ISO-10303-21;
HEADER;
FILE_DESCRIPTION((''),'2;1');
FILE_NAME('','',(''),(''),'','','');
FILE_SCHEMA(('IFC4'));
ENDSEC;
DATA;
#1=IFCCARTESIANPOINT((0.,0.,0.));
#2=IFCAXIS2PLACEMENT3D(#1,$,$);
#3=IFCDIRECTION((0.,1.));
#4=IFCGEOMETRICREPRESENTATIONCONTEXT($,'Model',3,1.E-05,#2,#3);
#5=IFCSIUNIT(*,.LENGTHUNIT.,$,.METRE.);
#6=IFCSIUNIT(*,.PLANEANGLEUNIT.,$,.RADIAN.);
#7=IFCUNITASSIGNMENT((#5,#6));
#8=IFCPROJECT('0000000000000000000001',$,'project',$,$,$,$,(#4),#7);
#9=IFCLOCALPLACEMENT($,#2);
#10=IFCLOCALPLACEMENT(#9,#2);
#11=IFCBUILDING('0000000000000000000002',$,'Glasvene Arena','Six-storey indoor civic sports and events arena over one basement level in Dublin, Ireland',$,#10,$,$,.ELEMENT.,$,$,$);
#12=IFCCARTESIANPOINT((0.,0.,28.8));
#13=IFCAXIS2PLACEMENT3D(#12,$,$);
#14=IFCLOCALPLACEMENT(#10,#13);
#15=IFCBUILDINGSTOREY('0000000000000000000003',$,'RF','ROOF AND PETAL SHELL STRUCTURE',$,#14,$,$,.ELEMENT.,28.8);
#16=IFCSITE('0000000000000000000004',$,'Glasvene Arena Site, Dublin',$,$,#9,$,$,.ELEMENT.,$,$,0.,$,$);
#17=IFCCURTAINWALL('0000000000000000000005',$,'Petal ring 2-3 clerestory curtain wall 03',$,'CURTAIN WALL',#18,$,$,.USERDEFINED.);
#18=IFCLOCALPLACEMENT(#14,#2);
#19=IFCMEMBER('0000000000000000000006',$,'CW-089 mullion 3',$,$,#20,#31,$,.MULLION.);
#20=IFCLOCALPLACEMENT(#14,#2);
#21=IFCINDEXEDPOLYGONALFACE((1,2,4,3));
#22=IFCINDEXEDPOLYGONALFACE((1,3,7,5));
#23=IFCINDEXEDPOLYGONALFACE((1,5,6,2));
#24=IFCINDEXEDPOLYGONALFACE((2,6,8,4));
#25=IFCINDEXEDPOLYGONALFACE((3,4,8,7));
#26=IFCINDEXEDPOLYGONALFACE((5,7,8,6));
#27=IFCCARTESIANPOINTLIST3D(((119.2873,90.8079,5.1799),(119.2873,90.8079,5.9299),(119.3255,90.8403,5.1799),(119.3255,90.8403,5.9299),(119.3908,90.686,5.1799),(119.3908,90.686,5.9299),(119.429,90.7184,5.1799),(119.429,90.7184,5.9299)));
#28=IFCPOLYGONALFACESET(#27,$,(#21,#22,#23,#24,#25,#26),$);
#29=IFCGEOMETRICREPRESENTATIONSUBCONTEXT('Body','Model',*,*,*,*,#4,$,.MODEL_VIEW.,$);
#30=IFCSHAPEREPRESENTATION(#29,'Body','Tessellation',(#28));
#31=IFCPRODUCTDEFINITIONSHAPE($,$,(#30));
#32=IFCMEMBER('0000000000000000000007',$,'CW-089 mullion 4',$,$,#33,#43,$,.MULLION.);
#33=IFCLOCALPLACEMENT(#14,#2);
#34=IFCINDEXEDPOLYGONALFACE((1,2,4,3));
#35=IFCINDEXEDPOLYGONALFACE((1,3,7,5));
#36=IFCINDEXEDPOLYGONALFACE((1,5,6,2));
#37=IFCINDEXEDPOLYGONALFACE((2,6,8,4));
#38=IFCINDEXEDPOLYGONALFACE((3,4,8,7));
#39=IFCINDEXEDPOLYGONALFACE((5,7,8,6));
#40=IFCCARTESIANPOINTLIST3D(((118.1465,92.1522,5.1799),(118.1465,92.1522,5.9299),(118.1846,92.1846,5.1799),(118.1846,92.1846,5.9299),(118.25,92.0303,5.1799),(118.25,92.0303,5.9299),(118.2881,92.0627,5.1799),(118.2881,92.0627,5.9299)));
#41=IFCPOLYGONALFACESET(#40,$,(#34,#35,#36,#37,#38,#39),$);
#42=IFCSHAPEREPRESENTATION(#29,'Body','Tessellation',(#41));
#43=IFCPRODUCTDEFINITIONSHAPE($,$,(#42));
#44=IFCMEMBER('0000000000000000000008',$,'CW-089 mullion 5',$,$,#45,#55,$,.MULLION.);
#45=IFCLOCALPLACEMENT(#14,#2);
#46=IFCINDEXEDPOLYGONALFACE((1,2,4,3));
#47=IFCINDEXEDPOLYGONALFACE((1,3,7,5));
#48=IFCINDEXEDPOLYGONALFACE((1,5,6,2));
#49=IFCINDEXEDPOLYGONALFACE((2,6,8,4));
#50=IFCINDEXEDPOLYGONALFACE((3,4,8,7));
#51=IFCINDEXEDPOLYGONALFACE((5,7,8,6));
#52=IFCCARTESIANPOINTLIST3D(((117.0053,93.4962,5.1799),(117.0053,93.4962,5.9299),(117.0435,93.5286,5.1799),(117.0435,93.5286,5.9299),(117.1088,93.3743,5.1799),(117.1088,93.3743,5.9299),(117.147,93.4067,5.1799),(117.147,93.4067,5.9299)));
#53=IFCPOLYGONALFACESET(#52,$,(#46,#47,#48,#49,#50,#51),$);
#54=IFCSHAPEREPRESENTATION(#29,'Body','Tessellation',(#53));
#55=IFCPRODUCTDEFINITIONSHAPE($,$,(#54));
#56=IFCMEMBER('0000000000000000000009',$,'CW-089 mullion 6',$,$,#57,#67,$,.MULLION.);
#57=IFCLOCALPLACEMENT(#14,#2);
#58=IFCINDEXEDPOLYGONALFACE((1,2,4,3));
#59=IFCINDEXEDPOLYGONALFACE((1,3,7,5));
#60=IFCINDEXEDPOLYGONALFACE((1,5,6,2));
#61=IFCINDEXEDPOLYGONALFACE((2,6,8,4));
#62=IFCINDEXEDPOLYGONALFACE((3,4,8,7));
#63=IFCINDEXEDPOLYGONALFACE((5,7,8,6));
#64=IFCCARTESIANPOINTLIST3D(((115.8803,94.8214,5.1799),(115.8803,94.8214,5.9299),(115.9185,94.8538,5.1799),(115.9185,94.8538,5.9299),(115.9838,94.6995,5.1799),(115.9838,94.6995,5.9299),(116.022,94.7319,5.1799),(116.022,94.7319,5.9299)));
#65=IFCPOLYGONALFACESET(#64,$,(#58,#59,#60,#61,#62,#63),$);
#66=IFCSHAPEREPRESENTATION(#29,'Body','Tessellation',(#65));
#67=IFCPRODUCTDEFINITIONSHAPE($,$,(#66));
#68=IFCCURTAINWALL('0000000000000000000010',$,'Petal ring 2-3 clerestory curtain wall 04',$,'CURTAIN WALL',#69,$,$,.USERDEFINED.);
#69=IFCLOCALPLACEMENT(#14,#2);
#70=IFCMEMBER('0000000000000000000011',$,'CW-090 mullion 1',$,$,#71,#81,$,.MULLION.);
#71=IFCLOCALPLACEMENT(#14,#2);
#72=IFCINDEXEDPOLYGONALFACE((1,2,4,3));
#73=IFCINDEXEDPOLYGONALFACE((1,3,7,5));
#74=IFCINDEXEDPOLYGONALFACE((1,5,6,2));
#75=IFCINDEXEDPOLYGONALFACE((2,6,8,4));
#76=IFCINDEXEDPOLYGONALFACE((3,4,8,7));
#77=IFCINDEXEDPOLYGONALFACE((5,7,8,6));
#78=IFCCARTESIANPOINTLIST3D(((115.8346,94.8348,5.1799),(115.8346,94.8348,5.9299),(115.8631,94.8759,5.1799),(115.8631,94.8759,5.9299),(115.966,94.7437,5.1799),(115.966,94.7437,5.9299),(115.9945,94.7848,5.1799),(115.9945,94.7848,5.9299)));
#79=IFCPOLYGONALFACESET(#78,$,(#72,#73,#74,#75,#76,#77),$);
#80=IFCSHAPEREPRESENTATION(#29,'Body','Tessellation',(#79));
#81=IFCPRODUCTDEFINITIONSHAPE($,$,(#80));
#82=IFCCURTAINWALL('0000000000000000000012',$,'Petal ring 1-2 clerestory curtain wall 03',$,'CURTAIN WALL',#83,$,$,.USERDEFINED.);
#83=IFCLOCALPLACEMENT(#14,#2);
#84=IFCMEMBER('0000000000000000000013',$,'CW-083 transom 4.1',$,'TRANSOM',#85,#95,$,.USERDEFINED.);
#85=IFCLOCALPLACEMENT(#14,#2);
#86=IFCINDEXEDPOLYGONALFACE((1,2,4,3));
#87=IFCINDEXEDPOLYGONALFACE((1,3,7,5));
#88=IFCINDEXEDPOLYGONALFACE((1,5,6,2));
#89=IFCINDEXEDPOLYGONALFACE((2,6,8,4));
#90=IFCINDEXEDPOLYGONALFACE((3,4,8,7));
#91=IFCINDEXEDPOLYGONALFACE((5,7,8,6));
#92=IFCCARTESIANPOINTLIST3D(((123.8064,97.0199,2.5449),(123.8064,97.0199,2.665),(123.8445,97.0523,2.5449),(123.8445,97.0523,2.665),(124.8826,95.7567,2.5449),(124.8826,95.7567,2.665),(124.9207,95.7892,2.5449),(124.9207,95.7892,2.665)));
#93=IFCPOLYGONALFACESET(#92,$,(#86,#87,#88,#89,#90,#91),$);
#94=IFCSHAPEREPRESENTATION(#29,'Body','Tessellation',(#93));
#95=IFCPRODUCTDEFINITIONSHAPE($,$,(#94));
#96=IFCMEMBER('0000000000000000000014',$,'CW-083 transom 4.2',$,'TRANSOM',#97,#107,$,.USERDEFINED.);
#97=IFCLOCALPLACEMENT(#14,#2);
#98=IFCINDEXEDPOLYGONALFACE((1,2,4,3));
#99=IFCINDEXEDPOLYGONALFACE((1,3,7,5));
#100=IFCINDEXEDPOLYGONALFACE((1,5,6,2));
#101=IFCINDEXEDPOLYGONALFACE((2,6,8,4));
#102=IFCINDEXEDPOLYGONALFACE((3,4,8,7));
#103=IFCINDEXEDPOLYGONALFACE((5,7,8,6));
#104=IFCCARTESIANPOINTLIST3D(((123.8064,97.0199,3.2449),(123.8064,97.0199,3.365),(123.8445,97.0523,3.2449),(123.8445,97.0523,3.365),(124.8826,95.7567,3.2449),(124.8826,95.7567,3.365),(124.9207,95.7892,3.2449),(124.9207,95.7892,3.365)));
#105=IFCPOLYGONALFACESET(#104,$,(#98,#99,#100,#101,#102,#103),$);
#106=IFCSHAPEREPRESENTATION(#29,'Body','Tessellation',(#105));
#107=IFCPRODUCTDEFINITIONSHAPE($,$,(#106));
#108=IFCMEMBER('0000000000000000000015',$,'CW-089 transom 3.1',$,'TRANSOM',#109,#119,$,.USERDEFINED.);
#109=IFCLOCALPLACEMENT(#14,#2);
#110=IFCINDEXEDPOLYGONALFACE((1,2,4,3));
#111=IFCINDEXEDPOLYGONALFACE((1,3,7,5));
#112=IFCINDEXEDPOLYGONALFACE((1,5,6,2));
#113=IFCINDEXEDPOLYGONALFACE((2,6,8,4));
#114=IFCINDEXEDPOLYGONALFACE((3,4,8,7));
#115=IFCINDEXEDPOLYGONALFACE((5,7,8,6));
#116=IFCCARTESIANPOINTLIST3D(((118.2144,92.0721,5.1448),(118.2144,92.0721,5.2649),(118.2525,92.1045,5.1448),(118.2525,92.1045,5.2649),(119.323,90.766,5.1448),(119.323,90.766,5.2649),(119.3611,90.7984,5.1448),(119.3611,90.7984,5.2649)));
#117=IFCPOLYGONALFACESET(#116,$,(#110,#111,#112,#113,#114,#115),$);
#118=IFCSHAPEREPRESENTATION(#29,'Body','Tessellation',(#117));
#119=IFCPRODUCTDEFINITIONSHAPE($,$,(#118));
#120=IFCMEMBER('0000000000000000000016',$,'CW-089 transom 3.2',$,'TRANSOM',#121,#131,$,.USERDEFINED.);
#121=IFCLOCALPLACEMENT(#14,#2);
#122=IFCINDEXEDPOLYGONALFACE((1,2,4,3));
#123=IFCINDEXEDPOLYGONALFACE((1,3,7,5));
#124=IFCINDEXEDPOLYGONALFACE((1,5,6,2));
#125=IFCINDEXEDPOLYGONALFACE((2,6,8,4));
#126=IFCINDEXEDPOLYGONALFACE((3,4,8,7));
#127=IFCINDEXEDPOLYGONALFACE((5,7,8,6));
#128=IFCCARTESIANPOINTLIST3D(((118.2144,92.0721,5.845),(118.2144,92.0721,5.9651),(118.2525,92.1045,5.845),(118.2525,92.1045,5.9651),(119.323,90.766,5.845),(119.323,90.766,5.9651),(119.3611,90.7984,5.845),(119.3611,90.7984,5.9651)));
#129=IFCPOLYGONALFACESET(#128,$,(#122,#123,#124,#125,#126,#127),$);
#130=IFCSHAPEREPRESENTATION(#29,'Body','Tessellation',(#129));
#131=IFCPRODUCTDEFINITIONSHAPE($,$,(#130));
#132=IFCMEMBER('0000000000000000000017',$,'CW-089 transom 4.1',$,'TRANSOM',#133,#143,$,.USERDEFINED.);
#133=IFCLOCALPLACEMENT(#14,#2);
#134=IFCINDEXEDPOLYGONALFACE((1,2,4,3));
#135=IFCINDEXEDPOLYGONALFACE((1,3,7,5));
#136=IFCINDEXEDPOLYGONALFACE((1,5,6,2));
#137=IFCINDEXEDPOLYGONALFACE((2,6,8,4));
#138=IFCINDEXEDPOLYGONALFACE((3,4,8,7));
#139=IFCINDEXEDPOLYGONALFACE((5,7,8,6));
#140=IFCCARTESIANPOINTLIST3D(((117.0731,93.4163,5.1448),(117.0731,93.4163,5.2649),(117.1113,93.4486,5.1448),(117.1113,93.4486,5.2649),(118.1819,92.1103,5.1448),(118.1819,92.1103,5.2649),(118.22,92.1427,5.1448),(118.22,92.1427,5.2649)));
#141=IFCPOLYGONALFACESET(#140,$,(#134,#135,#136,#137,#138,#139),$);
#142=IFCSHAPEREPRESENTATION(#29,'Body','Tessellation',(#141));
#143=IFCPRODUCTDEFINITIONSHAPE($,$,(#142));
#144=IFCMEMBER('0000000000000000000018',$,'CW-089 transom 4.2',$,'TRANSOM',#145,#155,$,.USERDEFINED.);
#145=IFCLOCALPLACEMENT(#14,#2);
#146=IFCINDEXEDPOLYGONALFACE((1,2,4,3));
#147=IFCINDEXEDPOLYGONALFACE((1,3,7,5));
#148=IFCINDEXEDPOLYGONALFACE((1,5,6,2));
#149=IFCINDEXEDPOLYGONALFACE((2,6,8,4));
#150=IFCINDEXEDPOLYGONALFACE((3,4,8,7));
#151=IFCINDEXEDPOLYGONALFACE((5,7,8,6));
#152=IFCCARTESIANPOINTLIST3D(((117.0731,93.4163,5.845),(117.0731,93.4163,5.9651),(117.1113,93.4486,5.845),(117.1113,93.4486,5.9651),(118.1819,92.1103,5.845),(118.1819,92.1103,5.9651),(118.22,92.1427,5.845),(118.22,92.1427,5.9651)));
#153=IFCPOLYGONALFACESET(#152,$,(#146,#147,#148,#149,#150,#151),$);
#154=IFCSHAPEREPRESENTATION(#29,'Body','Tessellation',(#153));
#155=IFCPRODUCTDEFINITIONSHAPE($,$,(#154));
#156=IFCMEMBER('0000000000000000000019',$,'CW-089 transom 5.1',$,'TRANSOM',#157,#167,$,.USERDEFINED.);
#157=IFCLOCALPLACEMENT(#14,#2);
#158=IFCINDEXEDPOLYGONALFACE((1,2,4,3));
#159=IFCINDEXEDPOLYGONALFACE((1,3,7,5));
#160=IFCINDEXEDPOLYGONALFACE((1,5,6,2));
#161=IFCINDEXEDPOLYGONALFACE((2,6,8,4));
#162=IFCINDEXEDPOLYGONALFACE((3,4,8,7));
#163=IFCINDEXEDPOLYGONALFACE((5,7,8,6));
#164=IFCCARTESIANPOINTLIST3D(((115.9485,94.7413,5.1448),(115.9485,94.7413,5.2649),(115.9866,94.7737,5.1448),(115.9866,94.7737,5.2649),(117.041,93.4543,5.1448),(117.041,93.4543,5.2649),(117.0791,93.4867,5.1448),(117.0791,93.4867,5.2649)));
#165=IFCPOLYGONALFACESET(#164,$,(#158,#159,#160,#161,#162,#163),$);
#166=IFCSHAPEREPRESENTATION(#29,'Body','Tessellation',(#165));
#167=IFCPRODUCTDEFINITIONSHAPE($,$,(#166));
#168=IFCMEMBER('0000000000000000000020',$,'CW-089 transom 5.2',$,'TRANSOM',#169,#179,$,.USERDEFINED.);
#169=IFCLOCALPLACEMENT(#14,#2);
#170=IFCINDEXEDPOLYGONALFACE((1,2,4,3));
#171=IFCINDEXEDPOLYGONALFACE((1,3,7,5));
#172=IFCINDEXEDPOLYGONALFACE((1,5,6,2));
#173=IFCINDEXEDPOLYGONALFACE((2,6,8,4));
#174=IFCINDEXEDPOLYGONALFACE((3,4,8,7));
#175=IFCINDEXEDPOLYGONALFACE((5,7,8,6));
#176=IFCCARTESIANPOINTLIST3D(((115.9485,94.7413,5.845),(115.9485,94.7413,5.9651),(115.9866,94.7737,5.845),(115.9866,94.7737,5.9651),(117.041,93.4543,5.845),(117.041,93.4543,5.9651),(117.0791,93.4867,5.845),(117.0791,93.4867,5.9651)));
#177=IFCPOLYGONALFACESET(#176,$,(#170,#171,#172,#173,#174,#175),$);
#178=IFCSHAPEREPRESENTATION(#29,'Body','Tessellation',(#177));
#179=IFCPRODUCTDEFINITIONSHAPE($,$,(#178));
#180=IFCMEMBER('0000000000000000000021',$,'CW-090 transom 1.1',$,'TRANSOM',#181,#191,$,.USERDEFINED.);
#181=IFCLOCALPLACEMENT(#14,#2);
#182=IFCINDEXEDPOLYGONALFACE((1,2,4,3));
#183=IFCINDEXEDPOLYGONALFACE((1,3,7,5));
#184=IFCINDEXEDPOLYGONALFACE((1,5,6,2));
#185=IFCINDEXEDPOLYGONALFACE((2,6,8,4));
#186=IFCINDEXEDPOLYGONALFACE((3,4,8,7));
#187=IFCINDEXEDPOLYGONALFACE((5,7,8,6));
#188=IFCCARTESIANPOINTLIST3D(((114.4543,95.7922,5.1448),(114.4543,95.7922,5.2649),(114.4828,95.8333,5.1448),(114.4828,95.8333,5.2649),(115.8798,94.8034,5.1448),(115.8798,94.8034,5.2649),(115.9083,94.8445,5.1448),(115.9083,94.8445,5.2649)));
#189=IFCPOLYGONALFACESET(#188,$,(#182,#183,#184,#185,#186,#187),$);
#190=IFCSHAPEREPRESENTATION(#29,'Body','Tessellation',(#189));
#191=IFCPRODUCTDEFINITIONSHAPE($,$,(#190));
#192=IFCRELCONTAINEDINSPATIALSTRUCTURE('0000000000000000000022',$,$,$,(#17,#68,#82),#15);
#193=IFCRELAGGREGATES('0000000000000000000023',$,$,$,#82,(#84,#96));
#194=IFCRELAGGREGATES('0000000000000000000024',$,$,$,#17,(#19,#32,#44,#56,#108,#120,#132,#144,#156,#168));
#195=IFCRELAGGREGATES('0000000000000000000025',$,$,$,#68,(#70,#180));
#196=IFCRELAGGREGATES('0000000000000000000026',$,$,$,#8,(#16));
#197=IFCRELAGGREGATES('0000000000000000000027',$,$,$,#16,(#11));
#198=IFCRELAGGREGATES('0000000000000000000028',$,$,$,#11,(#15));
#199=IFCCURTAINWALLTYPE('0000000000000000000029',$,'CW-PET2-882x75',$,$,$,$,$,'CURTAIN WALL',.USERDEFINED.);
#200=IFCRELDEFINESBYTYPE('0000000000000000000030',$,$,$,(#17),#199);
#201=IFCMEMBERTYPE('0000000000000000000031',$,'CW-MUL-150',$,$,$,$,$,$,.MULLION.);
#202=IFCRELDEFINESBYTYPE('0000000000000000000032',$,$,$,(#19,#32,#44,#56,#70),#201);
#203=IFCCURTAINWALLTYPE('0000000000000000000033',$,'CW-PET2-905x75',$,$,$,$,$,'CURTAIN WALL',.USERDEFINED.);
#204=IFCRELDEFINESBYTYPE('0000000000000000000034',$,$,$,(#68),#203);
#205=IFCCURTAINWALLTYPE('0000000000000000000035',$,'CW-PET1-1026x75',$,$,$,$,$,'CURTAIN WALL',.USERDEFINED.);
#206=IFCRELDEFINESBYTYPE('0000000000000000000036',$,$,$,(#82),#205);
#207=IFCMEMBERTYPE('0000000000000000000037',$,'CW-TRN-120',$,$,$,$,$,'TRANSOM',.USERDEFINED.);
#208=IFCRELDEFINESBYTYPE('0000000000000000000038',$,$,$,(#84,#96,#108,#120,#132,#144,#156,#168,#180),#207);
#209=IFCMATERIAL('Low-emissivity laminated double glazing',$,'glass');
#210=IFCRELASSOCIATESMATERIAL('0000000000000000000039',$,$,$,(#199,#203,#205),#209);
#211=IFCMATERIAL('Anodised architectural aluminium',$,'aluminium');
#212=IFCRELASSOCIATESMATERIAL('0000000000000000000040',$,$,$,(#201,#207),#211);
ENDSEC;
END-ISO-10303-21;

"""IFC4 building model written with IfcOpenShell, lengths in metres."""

from ifc_helpers import new_model, si_unit, direction, frame, origin, origin_2d, place, context, subcontext, project, spatial, rectangle, extrude, material, material_profile, profile_set, type_object, element, aggregate, save


model = new_model("IFC4")

# Units and contexts
model_context = context("Model", 3, precision=1e-05, world=origin(), true_north=direction((0.0, 1.0)))
body_context = subcontext(model_context, "Body", "Model", "MODEL_VIEW")
ifc_project = project(units=[si_unit("LENGTHUNIT", "METRE"), si_unit("PLANEANGLEUNIT", "RADIAN")], contexts=[model_context])

# Site, building, storey
site_placement = place(None, origin())
site = spatial("IfcSite", under=ifc_project, at=site_placement, Name="Glasvene Arena Site, Dublin", CompositionType="ELEMENT", RefElevation=0.0)
building_placement = place(site_placement, origin())
building = spatial("IfcBuilding", under=site, at=building_placement, Name="Glasvene Arena", Description="Six-storey indoor civic sports and events arena over one basement level in Dublin, Ireland", CompositionType="ELEMENT")
storey_placement = place(building_placement, frame((0.0, 0.0, 28.8)))
storey = spatial("IfcBuildingStorey", under=building, at=storey_placement, Name="RF", Description="ROOF AND PETAL SHELL STRUCTURE", CompositionType="ELEMENT", Elevation=28.8)

# Curtain wall, members
ifc_material_1 = material(Name="Low-emissivity laminated double glazing", Category="glass")
curtain_wall_type_1 = type_object("IfcCurtainWallType", Name="CW-PET2-882x75", ElementType="CURTAIN WALL", PredefinedType="USERDEFINED", material=ifc_material_1)
curtain_wall_1_placement = place(storey_placement, frame((121.6404, 88.075, 0.0)))
curtain_wall_1 = element("IfcCurtainWall", 1, at=curtain_wall_1_placement, inside=storey, type_object=curtain_wall_type_1, Name="Petal ring 2-3 clerestory curtain wall 03", ObjectType="CURTAIN WALL", PredefinedType="USERDEFINED")
ifc_material_2 = material(Name="Anodised architectural aluminium", Category="aluminium")
ifc_material_profile_1 = material_profile(ifc_material_2, rectangle(XDim=0.05, YDim=0.1599, at=origin_2d()), Name="ALU MULLION 50x160")
ifc_profile_set_1 = profile_set([ifc_material_profile_1], Name="Anodised architectural aluminium")
member_type_1 = type_object("IfcMemberType", Name="CW-MUL-150", PredefinedType="MULLION", material=ifc_profile_set_1)
member_1_placement = place(storey_placement, frame((119.3582, 90.7632, 5.1799), z_axis=(0.0, 0.0, 1.0), x_axis=(-0.762348, -0.647167, 0.0)))
member_1 = element("IfcMember", 2, at=member_1_placement, type_object=member_type_1, Name="CW-089 mullion 3", PredefinedType="MULLION", context=body_context, shape_type="SweptSolid", body=[
    extrude(rectangle(XDim=0.05, YDim=0.1599, at=origin_2d()), origin(), (0.0, 0.0, 1.0), 0.75),
])
member_2_placement = place(storey_placement, frame((118.2173, 92.1074, 5.1799), z_axis=(0.0, 0.0, 1.0), x_axis=(-0.762348, -0.647167, 0.0)))
member_2 = element("IfcMember", 3, at=member_2_placement, type_object=member_type_1, Name="CW-089 mullion 4", PredefinedType="MULLION", context=body_context, shape_type="SweptSolid", body=[
    extrude(rectangle(XDim=0.05, YDim=0.1599, at=origin_2d()), origin(), (0.0, 0.0, 1.0), 0.75),
])
member_3_placement = place(storey_placement, frame((117.0762, 93.4514, 5.1799), z_axis=(0.0, 0.0, 1.0), x_axis=(-0.762348, -0.647167, 0.0)))
member_3 = element("IfcMember", 4, at=member_3_placement, type_object=member_type_1, Name="CW-089 mullion 5", PredefinedType="MULLION", context=body_context, shape_type="SweptSolid", body=[
    extrude(rectangle(XDim=0.05, YDim=0.1599, at=origin_2d()), origin(), (0.0, 0.0, 1.0), 0.75),
])
member_4_placement = place(storey_placement, frame((115.9512, 94.7766, 5.1799), z_axis=(0.0, 0.0, 1.0), x_axis=(-0.762348, -0.647167, 0.0)))
member_4 = element("IfcMember", 5, at=member_4_placement, type_object=member_type_1, Name="CW-089 mullion 6", PredefinedType="MULLION", context=body_context, shape_type="SweptSolid", body=[
    extrude(rectangle(XDim=0.05, YDim=0.1599, at=origin_2d()), origin(), (0.0, 0.0, 1.0), 0.75),
])

# Curtain wall, member
curtain_wall_type_2 = type_object("IfcCurtainWallType", Name="CW-PET2-905x75", ElementType="CURTAIN WALL", PredefinedType="USERDEFINED", material=ifc_material_1)
curtain_wall_2_placement = place(storey_placement, frame((115.9351, 94.7957, 0.0)))
curtain_wall_2 = element("IfcCurtainWall", 6, at=curtain_wall_2_placement, inside=storey, type_object=curtain_wall_type_2, Name="Petal ring 2-3 clerestory curtain wall 04", ObjectType="CURTAIN WALL", PredefinedType="USERDEFINED")
member_5_placement = place(storey_placement, frame((115.9146, 94.8098, 5.1799), z_axis=(0.0, 0.0, 1.0), x_axis=(-0.569921, -0.821699, 0.0)))
member_5 = element("IfcMember", 7, at=member_5_placement, type_object=member_type_1, Name="CW-090 mullion 1", PredefinedType="MULLION", context=body_context, shape_type="SweptSolid", body=[
    extrude(rectangle(XDim=0.05, YDim=0.1599, at=origin_2d()), origin(), (0.0, 0.0, 1.0), 0.75),
])

# Curtain wall, members
curtain_wall_type_3 = type_object("IfcCurtainWallType", Name="CW-PET1-1026x75", ElementType="CURTAIN WALL", PredefinedType="USERDEFINED", material=ifc_material_1)
curtain_wall_3_placement = place(storey_placement, frame((128.2432, 91.8501, 0.0)))
curtain_wall_3 = element("IfcCurtainWall", 8, at=curtain_wall_3_placement, inside=storey, type_object=curtain_wall_type_3, Name="Petal ring 1-2 clerestory curtain wall 03", ObjectType="CURTAIN WALL", PredefinedType="USERDEFINED")
ifc_material_profile_2 = material_profile(ifc_material_2, rectangle(XDim=0.05, YDim=0.1201, at=origin_2d()), Name="ALU TRANSOM 50x120")
ifc_profile_set_2 = profile_set([ifc_material_profile_2], Name="Anodised architectural aluminium")
member_type_2 = type_object("IfcMemberType", Name="CW-TRN-120", ElementType="TRANSOM", PredefinedType="USERDEFINED", material=ifc_profile_set_2)
member_6_placement = place(storey_placement, frame((124.9016, 95.7729, 2.605), z_axis=(-0.648511, 0.761206, 0.0), x_axis=(-0.761206, -0.648511, 0.0)))
member_6 = element("IfcMember", 9, at=member_6_placement, type_object=member_type_2, Name="CW-083 transom 4.1", ObjectType="TRANSOM", PredefinedType="USERDEFINED", context=body_context, shape_type="SweptSolid", body=[
    extrude(rectangle(XDim=0.05, YDim=0.1201, at=origin_2d()), origin(), (0.0, 0.0, 1.0), 1.6594),
])
member_7_placement = place(storey_placement, frame((124.9016, 95.7729, 3.3049), z_axis=(-0.648511, 0.761206, 0.0), x_axis=(-0.761206, -0.648511, 0.0)))
member_7 = element("IfcMember", 10, at=member_7_placement, type_object=member_type_2, Name="CW-083 transom 4.2", ObjectType="TRANSOM", PredefinedType="USERDEFINED", context=body_context, shape_type="SweptSolid", body=[
    extrude(rectangle(XDim=0.05, YDim=0.1201, at=origin_2d()), origin(), (0.0, 0.0, 1.0), 1.6594),
])

# Members
member_8_placement = place(storey_placement, frame((119.342, 90.7822, 5.2048), z_axis=(-0.647111, 0.762396, 0.0), x_axis=(-0.762396, -0.647111, 0.0)))
member_8 = element("IfcMember", 11, at=member_8_placement, type_object=member_type_2, Name="CW-089 transom 3.1", ObjectType="TRANSOM", PredefinedType="USERDEFINED", context=body_context, shape_type="SweptSolid", body=[
    extrude(rectangle(XDim=0.05, YDim=0.1201, at=origin_2d()), origin(), (0.0, 0.0, 1.0), 1.7131),
])
member_9_placement = place(storey_placement, frame((119.342, 90.7822, 5.905), z_axis=(-0.647111, 0.762396, 0.0), x_axis=(-0.762396, -0.647111, 0.0)))
member_9 = element("IfcMember", 12, at=member_9_placement, type_object=member_type_2, Name="CW-089 transom 3.2", ObjectType="TRANSOM", PredefinedType="USERDEFINED", context=body_context, shape_type="SweptSolid", body=[
    extrude(rectangle(XDim=0.05, YDim=0.1201, at=origin_2d()), origin(), (0.0, 0.0, 1.0), 1.7131),
])
member_10_placement = place(storey_placement, frame((118.2009, 92.1265, 5.2048), z_axis=(-0.647181, 0.762337, 0.0), x_axis=(-0.762337, -0.647181, 0.0)))
member_10 = element("IfcMember", 13, at=member_10_placement, type_object=member_type_2, Name="CW-089 transom 4.1", ObjectType="TRANSOM", PredefinedType="USERDEFINED", context=body_context, shape_type="SweptSolid", body=[
    extrude(rectangle(XDim=0.05, YDim=0.1201, at=origin_2d()), origin(), (0.0, 0.0, 1.0), 1.7131),
])
member_11_placement = place(storey_placement, frame((118.2009, 92.1265, 5.905), z_axis=(-0.647181, 0.762337, 0.0), x_axis=(-0.762337, -0.647181, 0.0)))
member_11 = element("IfcMember", 14, at=member_11_placement, type_object=member_type_2, Name="CW-089 transom 4.2", ObjectType="TRANSOM", PredefinedType="USERDEFINED", context=body_context, shape_type="SweptSolid", body=[
    extrude(rectangle(XDim=0.05, YDim=0.1201, at=origin_2d()), origin(), (0.0, 0.0, 1.0), 1.7131),
])
member_12_placement = place(storey_placement, frame((117.0601, 93.4705, 5.2048), z_axis=(-0.647128, 0.762382, 0.0), x_axis=(-0.762382, -0.647128, 0.0)))
member_12 = element("IfcMember", 15, at=member_12_placement, type_object=member_type_2, Name="CW-089 transom 5.1", ObjectType="TRANSOM", PredefinedType="USERDEFINED", context=body_context, shape_type="SweptSolid", body=[
    extrude(rectangle(XDim=0.05, YDim=0.1201, at=origin_2d()), origin(), (0.0, 0.0, 1.0), 1.6882),
])
member_13_placement = place(storey_placement, frame((117.0601, 93.4705, 5.905), z_axis=(-0.647128, 0.762382, 0.0), x_axis=(-0.762382, -0.647128, 0.0)))
member_13 = element("IfcMember", 16, at=member_13_placement, type_object=member_type_2, Name="CW-089 transom 5.2", ObjectType="TRANSOM", PredefinedType="USERDEFINED", context=body_context, shape_type="SweptSolid", body=[
    extrude(rectangle(XDim=0.05, YDim=0.1201, at=origin_2d()), origin(), (0.0, 0.0, 1.0), 1.6882),
])
member_14_placement = place(storey_placement, frame((115.894, 94.824, 5.2048), z_axis=(-0.82169, 0.569934, 0.0), x_axis=(-0.569934, -0.82169, 0.0)))
member_14 = element("IfcMember", 17, at=member_14_placement, type_object=member_type_2, Name="CW-090 transom 1.1", ObjectType="TRANSOM", PredefinedType="USERDEFINED", context=body_context, shape_type="SweptSolid", body=[
    extrude(rectangle(XDim=0.05, YDim=0.1201, at=origin_2d()), origin(), (0.0, 0.0, 1.0), 1.7349),
])

aggregate(curtain_wall_3, [member_6, member_7])
aggregate(curtain_wall_1, [member_1, member_2, member_3, member_4, member_8, member_9, member_10, member_11, member_12, member_13])
aggregate(curtain_wall_2, [member_5, member_14])

save(model, "model.ifc")
